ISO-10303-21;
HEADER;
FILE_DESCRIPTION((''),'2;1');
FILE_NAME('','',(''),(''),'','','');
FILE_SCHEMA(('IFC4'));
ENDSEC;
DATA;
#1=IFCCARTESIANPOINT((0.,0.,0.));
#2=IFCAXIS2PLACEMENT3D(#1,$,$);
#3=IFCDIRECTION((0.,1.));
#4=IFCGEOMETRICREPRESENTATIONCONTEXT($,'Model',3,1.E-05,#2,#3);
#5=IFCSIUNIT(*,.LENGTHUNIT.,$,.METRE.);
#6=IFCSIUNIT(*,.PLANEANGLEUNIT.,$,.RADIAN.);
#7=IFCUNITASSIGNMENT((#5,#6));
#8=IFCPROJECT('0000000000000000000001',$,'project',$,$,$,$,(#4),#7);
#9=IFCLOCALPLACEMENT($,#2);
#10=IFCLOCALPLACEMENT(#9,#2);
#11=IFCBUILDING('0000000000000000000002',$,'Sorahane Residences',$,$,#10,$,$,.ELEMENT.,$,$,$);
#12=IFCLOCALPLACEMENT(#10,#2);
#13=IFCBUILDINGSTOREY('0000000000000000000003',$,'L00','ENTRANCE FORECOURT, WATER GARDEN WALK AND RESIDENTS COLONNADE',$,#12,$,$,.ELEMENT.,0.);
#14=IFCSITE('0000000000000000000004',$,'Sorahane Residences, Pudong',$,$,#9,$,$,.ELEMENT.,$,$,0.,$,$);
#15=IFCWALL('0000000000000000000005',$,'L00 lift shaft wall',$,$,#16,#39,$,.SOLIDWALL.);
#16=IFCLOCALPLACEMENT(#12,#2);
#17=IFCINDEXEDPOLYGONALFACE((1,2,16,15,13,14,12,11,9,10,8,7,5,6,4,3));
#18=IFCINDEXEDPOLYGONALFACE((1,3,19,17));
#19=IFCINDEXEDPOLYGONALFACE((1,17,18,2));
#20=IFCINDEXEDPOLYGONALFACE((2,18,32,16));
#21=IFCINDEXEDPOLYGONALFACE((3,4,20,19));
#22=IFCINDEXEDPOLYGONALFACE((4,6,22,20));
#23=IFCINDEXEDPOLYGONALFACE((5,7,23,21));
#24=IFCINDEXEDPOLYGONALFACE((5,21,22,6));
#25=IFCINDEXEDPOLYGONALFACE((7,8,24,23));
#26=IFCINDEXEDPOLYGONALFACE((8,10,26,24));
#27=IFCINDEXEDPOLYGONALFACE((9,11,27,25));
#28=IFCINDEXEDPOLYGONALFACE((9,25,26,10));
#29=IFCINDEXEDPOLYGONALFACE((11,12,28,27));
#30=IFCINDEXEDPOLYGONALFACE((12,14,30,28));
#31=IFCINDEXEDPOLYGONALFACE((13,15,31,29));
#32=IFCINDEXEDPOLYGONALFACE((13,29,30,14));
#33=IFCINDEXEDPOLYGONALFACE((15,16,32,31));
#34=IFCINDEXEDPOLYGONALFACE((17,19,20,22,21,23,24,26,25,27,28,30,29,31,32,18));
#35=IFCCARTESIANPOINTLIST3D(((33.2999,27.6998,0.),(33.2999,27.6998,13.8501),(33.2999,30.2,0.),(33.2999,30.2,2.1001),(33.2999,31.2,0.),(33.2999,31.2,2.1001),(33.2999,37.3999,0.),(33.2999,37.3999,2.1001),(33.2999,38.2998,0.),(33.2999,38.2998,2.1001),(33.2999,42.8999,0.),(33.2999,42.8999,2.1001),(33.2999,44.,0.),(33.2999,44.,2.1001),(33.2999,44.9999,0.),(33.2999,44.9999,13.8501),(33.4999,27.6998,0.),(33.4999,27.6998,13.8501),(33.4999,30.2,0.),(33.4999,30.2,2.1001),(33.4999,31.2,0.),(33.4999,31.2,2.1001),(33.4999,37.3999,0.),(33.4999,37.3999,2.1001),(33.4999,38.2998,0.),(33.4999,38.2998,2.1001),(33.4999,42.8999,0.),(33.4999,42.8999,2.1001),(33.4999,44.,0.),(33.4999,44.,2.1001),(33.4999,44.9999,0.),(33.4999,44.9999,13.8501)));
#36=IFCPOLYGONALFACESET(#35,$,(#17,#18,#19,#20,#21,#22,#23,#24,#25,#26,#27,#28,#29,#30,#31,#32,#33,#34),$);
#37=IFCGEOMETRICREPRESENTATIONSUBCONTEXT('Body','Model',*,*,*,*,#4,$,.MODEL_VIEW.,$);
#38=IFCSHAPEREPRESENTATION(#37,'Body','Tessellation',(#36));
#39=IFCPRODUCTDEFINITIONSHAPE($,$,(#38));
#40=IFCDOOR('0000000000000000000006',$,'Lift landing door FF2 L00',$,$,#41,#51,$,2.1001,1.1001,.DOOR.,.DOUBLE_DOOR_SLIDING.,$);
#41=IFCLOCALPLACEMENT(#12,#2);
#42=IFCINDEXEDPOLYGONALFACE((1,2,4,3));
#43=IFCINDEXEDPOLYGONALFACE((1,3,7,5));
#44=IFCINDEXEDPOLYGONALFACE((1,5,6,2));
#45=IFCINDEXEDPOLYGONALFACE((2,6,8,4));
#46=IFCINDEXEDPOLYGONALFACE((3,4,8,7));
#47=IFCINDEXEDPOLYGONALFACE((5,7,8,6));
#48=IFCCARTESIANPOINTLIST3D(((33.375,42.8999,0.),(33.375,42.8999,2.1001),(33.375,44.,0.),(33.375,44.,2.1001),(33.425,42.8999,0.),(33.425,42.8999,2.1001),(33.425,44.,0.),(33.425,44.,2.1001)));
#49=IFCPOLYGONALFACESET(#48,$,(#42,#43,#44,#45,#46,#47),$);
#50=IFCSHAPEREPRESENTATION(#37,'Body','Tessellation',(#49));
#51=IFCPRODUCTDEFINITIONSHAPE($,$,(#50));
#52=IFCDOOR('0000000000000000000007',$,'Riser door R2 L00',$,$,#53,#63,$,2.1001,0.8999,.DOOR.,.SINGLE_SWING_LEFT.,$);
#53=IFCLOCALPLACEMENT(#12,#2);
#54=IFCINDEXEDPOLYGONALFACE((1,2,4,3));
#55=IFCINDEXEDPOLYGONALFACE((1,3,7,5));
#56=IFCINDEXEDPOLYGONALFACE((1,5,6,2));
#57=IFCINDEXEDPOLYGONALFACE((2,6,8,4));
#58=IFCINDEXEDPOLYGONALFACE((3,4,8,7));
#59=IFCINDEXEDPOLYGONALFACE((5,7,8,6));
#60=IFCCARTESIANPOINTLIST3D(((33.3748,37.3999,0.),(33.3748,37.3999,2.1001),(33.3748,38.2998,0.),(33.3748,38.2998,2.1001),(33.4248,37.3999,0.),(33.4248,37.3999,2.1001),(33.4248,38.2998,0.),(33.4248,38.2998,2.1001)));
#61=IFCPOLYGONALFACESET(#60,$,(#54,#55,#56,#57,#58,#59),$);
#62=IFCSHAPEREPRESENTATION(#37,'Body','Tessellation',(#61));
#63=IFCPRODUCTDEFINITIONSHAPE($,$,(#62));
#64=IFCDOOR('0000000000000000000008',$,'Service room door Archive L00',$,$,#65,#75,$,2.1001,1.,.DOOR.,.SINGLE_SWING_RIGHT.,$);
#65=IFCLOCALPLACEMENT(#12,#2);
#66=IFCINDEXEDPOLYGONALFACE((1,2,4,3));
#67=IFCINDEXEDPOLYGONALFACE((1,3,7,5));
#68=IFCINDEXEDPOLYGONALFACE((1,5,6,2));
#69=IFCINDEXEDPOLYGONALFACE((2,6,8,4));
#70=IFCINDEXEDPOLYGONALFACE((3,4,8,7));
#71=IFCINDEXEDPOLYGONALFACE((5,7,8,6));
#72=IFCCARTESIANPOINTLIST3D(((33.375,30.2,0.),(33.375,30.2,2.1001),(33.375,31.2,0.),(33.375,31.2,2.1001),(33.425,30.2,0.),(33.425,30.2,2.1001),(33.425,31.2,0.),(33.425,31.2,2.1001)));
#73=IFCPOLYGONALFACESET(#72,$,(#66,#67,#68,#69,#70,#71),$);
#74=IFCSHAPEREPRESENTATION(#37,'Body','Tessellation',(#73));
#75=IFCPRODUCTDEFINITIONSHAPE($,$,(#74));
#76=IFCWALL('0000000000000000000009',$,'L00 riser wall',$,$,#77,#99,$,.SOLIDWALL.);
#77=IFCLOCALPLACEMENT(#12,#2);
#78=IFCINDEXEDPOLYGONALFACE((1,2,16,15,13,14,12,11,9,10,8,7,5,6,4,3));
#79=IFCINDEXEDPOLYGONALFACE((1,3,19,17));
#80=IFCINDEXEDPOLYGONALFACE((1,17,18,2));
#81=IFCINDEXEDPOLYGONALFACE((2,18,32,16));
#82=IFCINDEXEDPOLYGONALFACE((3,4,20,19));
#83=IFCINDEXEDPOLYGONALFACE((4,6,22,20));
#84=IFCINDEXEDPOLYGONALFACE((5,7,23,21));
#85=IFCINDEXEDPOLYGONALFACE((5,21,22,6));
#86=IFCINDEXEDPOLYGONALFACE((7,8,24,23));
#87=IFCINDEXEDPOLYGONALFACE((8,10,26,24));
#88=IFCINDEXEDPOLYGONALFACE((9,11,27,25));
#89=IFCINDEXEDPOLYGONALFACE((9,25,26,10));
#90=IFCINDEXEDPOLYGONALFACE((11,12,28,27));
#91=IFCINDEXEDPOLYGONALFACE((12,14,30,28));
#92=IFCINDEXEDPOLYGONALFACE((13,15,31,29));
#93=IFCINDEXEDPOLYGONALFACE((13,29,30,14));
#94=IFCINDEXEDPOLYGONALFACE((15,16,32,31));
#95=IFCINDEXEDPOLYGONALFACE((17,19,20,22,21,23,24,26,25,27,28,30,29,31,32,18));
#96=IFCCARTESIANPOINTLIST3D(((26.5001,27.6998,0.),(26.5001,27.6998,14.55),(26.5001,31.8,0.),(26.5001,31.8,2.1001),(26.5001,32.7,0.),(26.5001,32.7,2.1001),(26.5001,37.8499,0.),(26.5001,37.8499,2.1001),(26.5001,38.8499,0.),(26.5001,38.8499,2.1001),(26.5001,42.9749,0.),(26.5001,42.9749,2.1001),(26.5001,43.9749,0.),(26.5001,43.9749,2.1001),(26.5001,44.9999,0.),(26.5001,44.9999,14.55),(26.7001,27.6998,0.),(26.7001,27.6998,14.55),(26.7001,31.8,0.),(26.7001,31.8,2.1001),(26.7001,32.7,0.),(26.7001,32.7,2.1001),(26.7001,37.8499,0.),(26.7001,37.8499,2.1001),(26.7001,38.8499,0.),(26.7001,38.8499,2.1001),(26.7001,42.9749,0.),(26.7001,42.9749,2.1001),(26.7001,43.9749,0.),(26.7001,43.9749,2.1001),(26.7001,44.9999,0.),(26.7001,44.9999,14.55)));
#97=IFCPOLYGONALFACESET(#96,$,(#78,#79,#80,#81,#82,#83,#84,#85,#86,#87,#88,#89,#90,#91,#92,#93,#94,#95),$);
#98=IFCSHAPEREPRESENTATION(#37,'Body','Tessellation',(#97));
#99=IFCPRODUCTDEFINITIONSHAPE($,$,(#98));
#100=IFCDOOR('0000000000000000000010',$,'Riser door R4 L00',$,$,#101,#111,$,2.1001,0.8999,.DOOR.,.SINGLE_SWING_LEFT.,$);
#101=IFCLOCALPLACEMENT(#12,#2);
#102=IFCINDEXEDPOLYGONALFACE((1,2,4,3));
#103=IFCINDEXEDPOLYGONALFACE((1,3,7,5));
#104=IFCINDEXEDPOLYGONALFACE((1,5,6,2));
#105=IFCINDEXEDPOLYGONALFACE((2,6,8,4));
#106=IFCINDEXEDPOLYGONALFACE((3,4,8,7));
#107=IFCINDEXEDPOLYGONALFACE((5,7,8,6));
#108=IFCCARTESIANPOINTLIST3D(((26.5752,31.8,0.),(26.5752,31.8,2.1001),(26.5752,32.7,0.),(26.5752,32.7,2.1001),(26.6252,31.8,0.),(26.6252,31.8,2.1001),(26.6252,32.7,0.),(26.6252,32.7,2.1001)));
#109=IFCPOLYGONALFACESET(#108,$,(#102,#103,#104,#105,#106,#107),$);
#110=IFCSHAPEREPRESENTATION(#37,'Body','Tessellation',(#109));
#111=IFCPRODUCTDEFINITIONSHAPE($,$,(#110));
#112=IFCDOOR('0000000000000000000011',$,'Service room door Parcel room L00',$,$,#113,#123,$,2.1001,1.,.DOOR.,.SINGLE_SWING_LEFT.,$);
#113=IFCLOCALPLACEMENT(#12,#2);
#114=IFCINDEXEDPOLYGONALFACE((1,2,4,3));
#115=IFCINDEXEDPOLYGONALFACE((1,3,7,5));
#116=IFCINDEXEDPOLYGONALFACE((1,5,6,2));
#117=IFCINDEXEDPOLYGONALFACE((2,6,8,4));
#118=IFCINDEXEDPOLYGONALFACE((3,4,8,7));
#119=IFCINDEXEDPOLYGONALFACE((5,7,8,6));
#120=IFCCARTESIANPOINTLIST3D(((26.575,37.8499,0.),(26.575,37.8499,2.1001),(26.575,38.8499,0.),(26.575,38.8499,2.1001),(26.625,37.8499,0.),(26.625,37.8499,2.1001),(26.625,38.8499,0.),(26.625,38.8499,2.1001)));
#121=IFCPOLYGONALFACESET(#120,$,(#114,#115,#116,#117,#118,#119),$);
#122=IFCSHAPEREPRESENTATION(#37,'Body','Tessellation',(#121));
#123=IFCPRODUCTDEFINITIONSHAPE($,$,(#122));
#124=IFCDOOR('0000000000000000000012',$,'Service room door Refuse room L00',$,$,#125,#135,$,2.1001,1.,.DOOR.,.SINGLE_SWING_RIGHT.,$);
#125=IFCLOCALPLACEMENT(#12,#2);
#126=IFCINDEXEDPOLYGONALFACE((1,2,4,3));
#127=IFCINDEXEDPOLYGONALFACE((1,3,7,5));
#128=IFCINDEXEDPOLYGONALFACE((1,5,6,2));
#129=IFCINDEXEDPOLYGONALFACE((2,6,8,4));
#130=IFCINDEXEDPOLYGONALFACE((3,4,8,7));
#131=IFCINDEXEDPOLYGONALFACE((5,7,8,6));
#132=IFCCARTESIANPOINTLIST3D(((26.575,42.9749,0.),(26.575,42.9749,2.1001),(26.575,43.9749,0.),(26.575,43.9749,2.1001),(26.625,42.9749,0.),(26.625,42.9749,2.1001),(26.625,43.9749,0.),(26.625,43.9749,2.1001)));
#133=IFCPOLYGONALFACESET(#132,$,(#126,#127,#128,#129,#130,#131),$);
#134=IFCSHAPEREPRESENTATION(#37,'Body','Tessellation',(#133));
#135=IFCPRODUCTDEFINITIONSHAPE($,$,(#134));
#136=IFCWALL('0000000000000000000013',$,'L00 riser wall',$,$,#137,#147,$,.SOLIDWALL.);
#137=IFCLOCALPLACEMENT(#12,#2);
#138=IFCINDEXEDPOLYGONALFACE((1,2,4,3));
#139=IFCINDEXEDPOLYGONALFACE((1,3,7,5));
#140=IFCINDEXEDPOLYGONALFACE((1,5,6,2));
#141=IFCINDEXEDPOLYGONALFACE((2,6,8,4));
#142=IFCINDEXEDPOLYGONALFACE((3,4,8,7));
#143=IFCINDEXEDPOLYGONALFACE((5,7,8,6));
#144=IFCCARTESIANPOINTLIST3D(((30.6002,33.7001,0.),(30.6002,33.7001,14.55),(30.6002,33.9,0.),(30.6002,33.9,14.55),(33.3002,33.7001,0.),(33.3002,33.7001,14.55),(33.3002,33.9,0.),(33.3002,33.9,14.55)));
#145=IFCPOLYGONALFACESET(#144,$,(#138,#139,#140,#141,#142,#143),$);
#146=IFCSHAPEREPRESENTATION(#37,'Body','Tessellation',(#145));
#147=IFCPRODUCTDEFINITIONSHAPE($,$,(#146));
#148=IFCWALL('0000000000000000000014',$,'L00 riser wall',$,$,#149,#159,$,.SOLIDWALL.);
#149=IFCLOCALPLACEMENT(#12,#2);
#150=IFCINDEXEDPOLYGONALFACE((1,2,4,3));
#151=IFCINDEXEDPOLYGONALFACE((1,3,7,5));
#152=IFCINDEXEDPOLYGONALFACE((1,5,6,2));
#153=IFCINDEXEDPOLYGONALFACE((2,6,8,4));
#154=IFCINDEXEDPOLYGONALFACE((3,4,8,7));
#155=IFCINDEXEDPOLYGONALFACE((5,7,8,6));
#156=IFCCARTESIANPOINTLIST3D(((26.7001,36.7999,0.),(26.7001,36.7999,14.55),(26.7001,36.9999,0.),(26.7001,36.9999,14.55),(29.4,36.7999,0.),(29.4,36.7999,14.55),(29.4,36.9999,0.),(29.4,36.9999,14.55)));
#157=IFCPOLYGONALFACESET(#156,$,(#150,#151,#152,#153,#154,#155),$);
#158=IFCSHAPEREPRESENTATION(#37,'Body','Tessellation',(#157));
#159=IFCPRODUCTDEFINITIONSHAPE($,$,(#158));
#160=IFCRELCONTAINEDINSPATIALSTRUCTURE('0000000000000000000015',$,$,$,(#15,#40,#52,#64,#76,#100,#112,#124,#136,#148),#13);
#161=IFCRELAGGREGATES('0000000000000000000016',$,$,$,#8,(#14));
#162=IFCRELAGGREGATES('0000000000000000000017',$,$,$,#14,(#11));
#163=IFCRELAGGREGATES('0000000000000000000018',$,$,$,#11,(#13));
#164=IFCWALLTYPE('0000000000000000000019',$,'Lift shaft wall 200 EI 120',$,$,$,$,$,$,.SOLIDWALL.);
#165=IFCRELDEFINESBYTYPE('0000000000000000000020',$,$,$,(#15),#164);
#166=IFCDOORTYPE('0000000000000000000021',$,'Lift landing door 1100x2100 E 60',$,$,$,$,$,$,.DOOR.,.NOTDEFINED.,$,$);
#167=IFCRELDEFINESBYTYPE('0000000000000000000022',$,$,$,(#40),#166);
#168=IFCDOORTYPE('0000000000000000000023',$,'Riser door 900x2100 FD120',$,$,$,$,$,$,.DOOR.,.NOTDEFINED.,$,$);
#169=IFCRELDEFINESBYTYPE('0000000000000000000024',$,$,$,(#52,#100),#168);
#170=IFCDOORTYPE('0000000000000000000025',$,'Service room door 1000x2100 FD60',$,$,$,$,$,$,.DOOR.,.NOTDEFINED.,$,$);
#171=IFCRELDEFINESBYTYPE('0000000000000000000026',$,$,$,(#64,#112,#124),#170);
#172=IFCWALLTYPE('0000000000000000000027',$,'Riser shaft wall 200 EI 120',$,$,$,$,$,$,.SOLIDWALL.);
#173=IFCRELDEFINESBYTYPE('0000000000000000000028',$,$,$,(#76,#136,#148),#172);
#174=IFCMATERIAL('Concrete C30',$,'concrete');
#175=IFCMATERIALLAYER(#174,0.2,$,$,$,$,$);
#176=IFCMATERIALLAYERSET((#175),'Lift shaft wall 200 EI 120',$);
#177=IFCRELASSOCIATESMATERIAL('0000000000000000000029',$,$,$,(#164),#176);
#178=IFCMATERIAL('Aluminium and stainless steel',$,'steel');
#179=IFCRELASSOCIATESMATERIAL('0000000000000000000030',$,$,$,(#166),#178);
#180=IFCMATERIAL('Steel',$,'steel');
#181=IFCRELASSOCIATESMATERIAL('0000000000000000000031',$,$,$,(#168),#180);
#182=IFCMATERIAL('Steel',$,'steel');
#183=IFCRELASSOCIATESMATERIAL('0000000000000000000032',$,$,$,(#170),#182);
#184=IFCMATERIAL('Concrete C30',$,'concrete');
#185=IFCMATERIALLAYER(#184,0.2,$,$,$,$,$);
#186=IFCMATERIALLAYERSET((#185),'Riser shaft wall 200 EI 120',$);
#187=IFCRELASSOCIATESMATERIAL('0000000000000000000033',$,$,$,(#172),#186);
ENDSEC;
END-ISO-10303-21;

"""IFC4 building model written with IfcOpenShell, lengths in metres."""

from ifc_helpers import new_model, si_unit, direction, frame, frame_2d, origin, place, context, subcontext, project, spatial, rectangle, extrude, material, layer, layer_set, type_object, element, fill, save


model = new_model("IFC4")

# Units and contexts
model_context = context("Model", 3, precision=1e-05, world=origin(), true_north=direction((0.0, 1.0)))
body_context = subcontext(model_context, "Body", "Model", "MODEL_VIEW")
ifc_project = project(units=[si_unit("LENGTHUNIT", "METRE"), si_unit("PLANEANGLEUNIT", "RADIAN")], contexts=[model_context])

# Site, building, storey
site_placement = place(None, origin())
site = spatial("IfcSite", under=ifc_project, at=site_placement, Name="Sorahane Residences, Pudong", CompositionType="ELEMENT", RefElevation=0.0)
building_placement = place(site_placement, origin())
building = spatial("IfcBuilding", under=site, at=building_placement, Name="Sorahane Residences", CompositionType="ELEMENT")
storey_placement = place(building_placement, origin())
storey = spatial("IfcBuildingStorey", under=building, at=storey_placement, Name="L00", Description="ENTRANCE FORECOURT, WATER GARDEN WALK AND RESIDENTS COLONNADE", CompositionType="ELEMENT", Elevation=0.0)

# Walls, openings, doors
ifc_material_1 = material(Name="Concrete C30", Category="concrete")
ifc_layer_1 = layer(ifc_material_1, 0.2)
ifc_layer_set_1 = layer_set([ifc_layer_1], Name="Lift shaft wall 200 EI 120")
wall_type_1 = type_object("IfcWallType", Name="Lift shaft wall 200 EI 120", PredefinedType="SOLIDWALL", material=ifc_layer_set_1)
wall_1_placement = place(storey_placement, frame((33.3999, 27.7, 0.0), z_axis=(0.0, 0.0, 1.0), x_axis=(0.0, 1.0, 0.0)))
wall_1 = element("IfcWall", 1, at=wall_1_placement, inside=storey, type_object=wall_type_1, Name="L00 lift shaft wall", PredefinedType="SOLIDWALL", context=body_context, shape_type="SweptSolid", body=[
    extrude(rectangle(XDim=17.3, YDim=0.2, at=frame_2d((8.6499, 0.0))), origin(), (0.0, 0.0, 1.0), 13.8501),
])
opening_1_placement = place(wall_1_placement, frame((15.2, 0.0, 0.0)))
opening_1 = element("IfcOpeningElement", 2, at=opening_1_placement, cuts=wall_1, PredefinedType="OPENING", context=body_context, shape_type="SweptSolid", body=[
    extrude(rectangle(XDim=1.1001, YDim=2.1001, at=frame_2d((0.55, 1.05))), frame((0.0, 0.1099, 0.0), z_axis=(0.0, -1.0, 0.0), x_axis=(1.0, 0.0, 0.0)), (0.0, 0.0, 1.0), 0.22),
])
opening_2_placement = place(wall_1_placement, frame((2.5, 0.0, 0.0)))
opening_2 = element("IfcOpeningElement", 3, at=opening_2_placement, cuts=wall_1, PredefinedType="OPENING", context=body_context, shape_type="SweptSolid", body=[
    extrude(rectangle(XDim=1.0, YDim=2.1001, at=frame_2d((0.5, 1.05))), frame((0.0, 0.1099, 0.0), z_axis=(0.0, -1.0, 0.0), x_axis=(1.0, 0.0, 0.0)), (0.0, 0.0, 1.0), 0.22),
])
opening_3_placement = place(wall_1_placement, frame((9.7, 0.0, 0.0)))
opening_3 = element("IfcOpeningElement", 4, at=opening_3_placement, cuts=wall_1, PredefinedType="OPENING", context=body_context, shape_type="SweptSolid", body=[
    extrude(rectangle(XDim=0.8999, YDim=2.1001, at=frame_2d((0.45, 1.05))), frame((0.0, 0.1099, 0.0), z_axis=(0.0, -1.0, 0.0), x_axis=(1.0, 0.0, 0.0)), (0.0, 0.0, 1.0), 0.22),
])
ifc_material_2 = material(Name="Aluminium and stainless steel", Category="steel")
door_type_1 = type_object("IfcDoorType", Name="Lift landing door 1100x2100 E 60", OperationType="NOTDEFINED", PredefinedType="DOOR", material=ifc_material_2)
door_1_placement = place(opening_1_placement, origin())
door_1 = element("IfcDoor", 5, at=door_1_placement, inside=storey, type_object=door_type_1, Name="Lift landing door FF2 L00", OperationType="DOUBLE_DOOR_SLIDING", OverallHeight=2.1001, OverallWidth=1.1001, PredefinedType="DOOR", context=body_context, shape_type="SweptSolid", body=[
    extrude(rectangle(XDim=1.1001, YDim=2.1001, at=frame_2d((0.55, 1.05))), frame((0.0, 0.0249, 0.0), z_axis=(0.0, -1.0, 0.0), x_axis=(1.0, 0.0, 0.0)), (0.0, 0.0, 1.0), 0.05),
])
fill(opening_1, door_1)
ifc_material_3 = material(Name="Steel", Category="steel")
door_type_2 = type_object("IfcDoorType", Name="Riser door 900x2100 FD120", OperationType="NOTDEFINED", PredefinedType="DOOR", material=ifc_material_3)
door_2_placement = place(opening_3_placement, frame((0.8999, 0.0, 0.0), z_axis=(0.0, 0.0, 1.0), x_axis=(-1.0, 0.0, 0.0)))
door_2 = element("IfcDoor", 6, at=door_2_placement, inside=storey, type_object=door_type_2, Name="Riser door R2 L00", OperationType="SINGLE_SWING_LEFT", OverallHeight=2.1001, OverallWidth=0.8999, PredefinedType="DOOR", context=body_context, shape_type="SweptSolid", body=[
    extrude(rectangle(XDim=0.8999, YDim=2.1001, at=frame_2d((0.45, 1.05))), frame((0.0, 0.0249, 0.0), z_axis=(0.0, -1.0, 0.0), x_axis=(1.0, 0.0, 0.0)), (0.0, 0.0, 1.0), 0.05),
])
fill(opening_3, door_2)
ifc_material_4 = material(Name="Steel", Category="steel")
door_type_3 = type_object("IfcDoorType", Name="Service room door 1000x2100 FD60", OperationType="NOTDEFINED", PredefinedType="DOOR", material=ifc_material_4)
door_3_placement = place(opening_2_placement, origin())
door_3 = element("IfcDoor", 7, at=door_3_placement, inside=storey, type_object=door_type_3, Name="Service room door Archive L00", OperationType="SINGLE_SWING_RIGHT", OverallHeight=2.1001, OverallWidth=1.0, PredefinedType="DOOR", context=body_context, shape_type="SweptSolid", body=[
    extrude(rectangle(XDim=1.0, YDim=2.1001, at=frame_2d((0.5, 1.05))), frame((0.0, 0.0249, 0.0), z_axis=(0.0, -1.0, 0.0), x_axis=(1.0, 0.0, 0.0)), (0.0, 0.0, 1.0), 0.05),
])
fill(opening_2, door_3)
ifc_material_5 = material(Name="Concrete C30", Category="concrete")
ifc_layer_2 = layer(ifc_material_5, 0.2)
ifc_layer_set_2 = layer_set([ifc_layer_2], Name="Riser shaft wall 200 EI 120")
wall_type_2 = type_object("IfcWallType", Name="Riser shaft wall 200 EI 120", PredefinedType="SOLIDWALL", material=ifc_layer_set_2)
wall_2_placement = place(storey_placement, frame((26.6001, 27.7, 0.0), z_axis=(0.0, 0.0, 1.0), x_axis=(0.0, 1.0, 0.0)))
wall_2 = element("IfcWall", 8, at=wall_2_placement, inside=storey, type_object=wall_type_2, Name="L00 riser wall", PredefinedType="SOLIDWALL", context=body_context, shape_type="SweptSolid", body=[
    extrude(rectangle(XDim=17.3, YDim=0.2, at=frame_2d((8.6499, 0.0))), origin(), (0.0, 0.0, 1.0), 14.55),
])
opening_4_placement = place(wall_2_placement, frame((4.1001, 0.0, 0.0)))
opening_4 = element("IfcOpeningElement", 9, at=opening_4_placement, cuts=wall_2, PredefinedType="OPENING", context=body_context, shape_type="SweptSolid", body=[
    extrude(rectangle(XDim=0.8999, YDim=2.1001, at=frame_2d((0.45, 1.05))), frame((0.0, 0.1099, 0.0), z_axis=(0.0, -1.0, 0.0), x_axis=(1.0, 0.0, 0.0)), (0.0, 0.0, 1.0), 0.22),
])
opening_5_placement = place(wall_2_placement, frame((10.1499, 0.0, 0.0)))
opening_5 = element("IfcOpeningElement", 10, at=opening_5_placement, cuts=wall_2, PredefinedType="OPENING", context=body_context, shape_type="SweptSolid", body=[
    extrude(rectangle(XDim=1.0, YDim=2.1001, at=frame_2d((0.5, 1.05))), frame((0.0, 0.1099, 0.0), z_axis=(0.0, -1.0, 0.0), x_axis=(1.0, 0.0, 0.0)), (0.0, 0.0, 1.0), 0.22),
])
opening_6_placement = place(wall_2_placement, frame((15.2749, 0.0, 0.0)))
opening_6 = element("IfcOpeningElement", 11, at=opening_6_placement, cuts=wall_2, PredefinedType="OPENING", context=body_context, shape_type="SweptSolid", body=[
    extrude(rectangle(XDim=1.0, YDim=2.1001, at=frame_2d((0.5, 1.05))), frame((0.0, 0.1099, 0.0), z_axis=(0.0, -1.0, 0.0), x_axis=(1.0, 0.0, 0.0)), (0.0, 0.0, 1.0), 0.22),
])
door_4_placement = place(opening_4_placement, origin())
door_4 = element("IfcDoor", 12, at=door_4_placement, inside=storey, type_object=door_type_2, Name="Riser door R4 L00", OperationType="SINGLE_SWING_LEFT", OverallHeight=2.1001, OverallWidth=0.8999, PredefinedType="DOOR", context=body_context, shape_type="SweptSolid", body=[
    extrude(rectangle(XDim=0.8999, YDim=2.1001, at=frame_2d((0.45, 1.05))), frame((0.0, 0.0249, 0.0), z_axis=(0.0, -1.0, 0.0), x_axis=(1.0, 0.0, 0.0)), (0.0, 0.0, 1.0), 0.05),
])
fill(opening_4, door_4)
door_5_placement = place(opening_5_placement, frame((1.0, 0.0, 0.0), z_axis=(0.0, 0.0, 1.0), x_axis=(-1.0, 0.0, 0.0)))
door_5 = element("IfcDoor", 13, at=door_5_placement, inside=storey, type_object=door_type_3, Name="Service room door Parcel room L00", OperationType="SINGLE_SWING_LEFT", OverallHeight=2.1001, OverallWidth=1.0, PredefinedType="DOOR", context=body_context, shape_type="SweptSolid", body=[
    extrude(rectangle(XDim=1.0, YDim=2.1001, at=frame_2d((0.5, 1.05))), frame((0.0, 0.0249, 0.0), z_axis=(0.0, -1.0, 0.0), x_axis=(1.0, 0.0, 0.0)), (0.0, 0.0, 1.0), 0.05),
])
fill(opening_5, door_5)
door_6_placement = place(opening_6_placement, frame((1.0, 0.0, 0.0), z_axis=(0.0, 0.0, 1.0), x_axis=(-1.0, 0.0, 0.0)))
door_6 = element("IfcDoor", 14, at=door_6_placement, inside=storey, type_object=door_type_3, Name="Service room door Refuse room L00", OperationType="SINGLE_SWING_RIGHT", OverallHeight=2.1001, OverallWidth=1.0, PredefinedType="DOOR", context=body_context, shape_type="SweptSolid", body=[
    extrude(rectangle(XDim=1.0, YDim=2.1001, at=frame_2d((0.5, 1.05))), frame((0.0, 0.0249, 0.0), z_axis=(0.0, -1.0, 0.0), x_axis=(1.0, 0.0, 0.0)), (0.0, 0.0, 1.0), 0.05),
])
fill(opening_6, door_6)

# Walls
for number, where, z_axis, x_axis, name in (
    (15, (30.6001, 33.8, 0.0), (0.0, 0.0, 1.0), (1.0, 0.0, 0.0), "L00 riser wall"),
    (16, (26.7, 36.8999, 0.0), (0.0, 0.0, 1.0), (1.0, 0.0, 0.0), "L00 riser wall"),
):
    element("IfcWall", number, at=place(storey_placement, frame(where, z_axis=z_axis, x_axis=x_axis)), inside=storey, type_object=wall_type_2, Name=name, PredefinedType="SOLIDWALL", context=body_context, shape_type="SweptSolid", body=[
        extrude(rectangle(XDim=2.7, YDim=0.2, at=frame_2d((1.3501, 0.0))), origin(), (0.0, 0.0, 1.0), 14.55),
    ])

save(model, "model.ifc")
